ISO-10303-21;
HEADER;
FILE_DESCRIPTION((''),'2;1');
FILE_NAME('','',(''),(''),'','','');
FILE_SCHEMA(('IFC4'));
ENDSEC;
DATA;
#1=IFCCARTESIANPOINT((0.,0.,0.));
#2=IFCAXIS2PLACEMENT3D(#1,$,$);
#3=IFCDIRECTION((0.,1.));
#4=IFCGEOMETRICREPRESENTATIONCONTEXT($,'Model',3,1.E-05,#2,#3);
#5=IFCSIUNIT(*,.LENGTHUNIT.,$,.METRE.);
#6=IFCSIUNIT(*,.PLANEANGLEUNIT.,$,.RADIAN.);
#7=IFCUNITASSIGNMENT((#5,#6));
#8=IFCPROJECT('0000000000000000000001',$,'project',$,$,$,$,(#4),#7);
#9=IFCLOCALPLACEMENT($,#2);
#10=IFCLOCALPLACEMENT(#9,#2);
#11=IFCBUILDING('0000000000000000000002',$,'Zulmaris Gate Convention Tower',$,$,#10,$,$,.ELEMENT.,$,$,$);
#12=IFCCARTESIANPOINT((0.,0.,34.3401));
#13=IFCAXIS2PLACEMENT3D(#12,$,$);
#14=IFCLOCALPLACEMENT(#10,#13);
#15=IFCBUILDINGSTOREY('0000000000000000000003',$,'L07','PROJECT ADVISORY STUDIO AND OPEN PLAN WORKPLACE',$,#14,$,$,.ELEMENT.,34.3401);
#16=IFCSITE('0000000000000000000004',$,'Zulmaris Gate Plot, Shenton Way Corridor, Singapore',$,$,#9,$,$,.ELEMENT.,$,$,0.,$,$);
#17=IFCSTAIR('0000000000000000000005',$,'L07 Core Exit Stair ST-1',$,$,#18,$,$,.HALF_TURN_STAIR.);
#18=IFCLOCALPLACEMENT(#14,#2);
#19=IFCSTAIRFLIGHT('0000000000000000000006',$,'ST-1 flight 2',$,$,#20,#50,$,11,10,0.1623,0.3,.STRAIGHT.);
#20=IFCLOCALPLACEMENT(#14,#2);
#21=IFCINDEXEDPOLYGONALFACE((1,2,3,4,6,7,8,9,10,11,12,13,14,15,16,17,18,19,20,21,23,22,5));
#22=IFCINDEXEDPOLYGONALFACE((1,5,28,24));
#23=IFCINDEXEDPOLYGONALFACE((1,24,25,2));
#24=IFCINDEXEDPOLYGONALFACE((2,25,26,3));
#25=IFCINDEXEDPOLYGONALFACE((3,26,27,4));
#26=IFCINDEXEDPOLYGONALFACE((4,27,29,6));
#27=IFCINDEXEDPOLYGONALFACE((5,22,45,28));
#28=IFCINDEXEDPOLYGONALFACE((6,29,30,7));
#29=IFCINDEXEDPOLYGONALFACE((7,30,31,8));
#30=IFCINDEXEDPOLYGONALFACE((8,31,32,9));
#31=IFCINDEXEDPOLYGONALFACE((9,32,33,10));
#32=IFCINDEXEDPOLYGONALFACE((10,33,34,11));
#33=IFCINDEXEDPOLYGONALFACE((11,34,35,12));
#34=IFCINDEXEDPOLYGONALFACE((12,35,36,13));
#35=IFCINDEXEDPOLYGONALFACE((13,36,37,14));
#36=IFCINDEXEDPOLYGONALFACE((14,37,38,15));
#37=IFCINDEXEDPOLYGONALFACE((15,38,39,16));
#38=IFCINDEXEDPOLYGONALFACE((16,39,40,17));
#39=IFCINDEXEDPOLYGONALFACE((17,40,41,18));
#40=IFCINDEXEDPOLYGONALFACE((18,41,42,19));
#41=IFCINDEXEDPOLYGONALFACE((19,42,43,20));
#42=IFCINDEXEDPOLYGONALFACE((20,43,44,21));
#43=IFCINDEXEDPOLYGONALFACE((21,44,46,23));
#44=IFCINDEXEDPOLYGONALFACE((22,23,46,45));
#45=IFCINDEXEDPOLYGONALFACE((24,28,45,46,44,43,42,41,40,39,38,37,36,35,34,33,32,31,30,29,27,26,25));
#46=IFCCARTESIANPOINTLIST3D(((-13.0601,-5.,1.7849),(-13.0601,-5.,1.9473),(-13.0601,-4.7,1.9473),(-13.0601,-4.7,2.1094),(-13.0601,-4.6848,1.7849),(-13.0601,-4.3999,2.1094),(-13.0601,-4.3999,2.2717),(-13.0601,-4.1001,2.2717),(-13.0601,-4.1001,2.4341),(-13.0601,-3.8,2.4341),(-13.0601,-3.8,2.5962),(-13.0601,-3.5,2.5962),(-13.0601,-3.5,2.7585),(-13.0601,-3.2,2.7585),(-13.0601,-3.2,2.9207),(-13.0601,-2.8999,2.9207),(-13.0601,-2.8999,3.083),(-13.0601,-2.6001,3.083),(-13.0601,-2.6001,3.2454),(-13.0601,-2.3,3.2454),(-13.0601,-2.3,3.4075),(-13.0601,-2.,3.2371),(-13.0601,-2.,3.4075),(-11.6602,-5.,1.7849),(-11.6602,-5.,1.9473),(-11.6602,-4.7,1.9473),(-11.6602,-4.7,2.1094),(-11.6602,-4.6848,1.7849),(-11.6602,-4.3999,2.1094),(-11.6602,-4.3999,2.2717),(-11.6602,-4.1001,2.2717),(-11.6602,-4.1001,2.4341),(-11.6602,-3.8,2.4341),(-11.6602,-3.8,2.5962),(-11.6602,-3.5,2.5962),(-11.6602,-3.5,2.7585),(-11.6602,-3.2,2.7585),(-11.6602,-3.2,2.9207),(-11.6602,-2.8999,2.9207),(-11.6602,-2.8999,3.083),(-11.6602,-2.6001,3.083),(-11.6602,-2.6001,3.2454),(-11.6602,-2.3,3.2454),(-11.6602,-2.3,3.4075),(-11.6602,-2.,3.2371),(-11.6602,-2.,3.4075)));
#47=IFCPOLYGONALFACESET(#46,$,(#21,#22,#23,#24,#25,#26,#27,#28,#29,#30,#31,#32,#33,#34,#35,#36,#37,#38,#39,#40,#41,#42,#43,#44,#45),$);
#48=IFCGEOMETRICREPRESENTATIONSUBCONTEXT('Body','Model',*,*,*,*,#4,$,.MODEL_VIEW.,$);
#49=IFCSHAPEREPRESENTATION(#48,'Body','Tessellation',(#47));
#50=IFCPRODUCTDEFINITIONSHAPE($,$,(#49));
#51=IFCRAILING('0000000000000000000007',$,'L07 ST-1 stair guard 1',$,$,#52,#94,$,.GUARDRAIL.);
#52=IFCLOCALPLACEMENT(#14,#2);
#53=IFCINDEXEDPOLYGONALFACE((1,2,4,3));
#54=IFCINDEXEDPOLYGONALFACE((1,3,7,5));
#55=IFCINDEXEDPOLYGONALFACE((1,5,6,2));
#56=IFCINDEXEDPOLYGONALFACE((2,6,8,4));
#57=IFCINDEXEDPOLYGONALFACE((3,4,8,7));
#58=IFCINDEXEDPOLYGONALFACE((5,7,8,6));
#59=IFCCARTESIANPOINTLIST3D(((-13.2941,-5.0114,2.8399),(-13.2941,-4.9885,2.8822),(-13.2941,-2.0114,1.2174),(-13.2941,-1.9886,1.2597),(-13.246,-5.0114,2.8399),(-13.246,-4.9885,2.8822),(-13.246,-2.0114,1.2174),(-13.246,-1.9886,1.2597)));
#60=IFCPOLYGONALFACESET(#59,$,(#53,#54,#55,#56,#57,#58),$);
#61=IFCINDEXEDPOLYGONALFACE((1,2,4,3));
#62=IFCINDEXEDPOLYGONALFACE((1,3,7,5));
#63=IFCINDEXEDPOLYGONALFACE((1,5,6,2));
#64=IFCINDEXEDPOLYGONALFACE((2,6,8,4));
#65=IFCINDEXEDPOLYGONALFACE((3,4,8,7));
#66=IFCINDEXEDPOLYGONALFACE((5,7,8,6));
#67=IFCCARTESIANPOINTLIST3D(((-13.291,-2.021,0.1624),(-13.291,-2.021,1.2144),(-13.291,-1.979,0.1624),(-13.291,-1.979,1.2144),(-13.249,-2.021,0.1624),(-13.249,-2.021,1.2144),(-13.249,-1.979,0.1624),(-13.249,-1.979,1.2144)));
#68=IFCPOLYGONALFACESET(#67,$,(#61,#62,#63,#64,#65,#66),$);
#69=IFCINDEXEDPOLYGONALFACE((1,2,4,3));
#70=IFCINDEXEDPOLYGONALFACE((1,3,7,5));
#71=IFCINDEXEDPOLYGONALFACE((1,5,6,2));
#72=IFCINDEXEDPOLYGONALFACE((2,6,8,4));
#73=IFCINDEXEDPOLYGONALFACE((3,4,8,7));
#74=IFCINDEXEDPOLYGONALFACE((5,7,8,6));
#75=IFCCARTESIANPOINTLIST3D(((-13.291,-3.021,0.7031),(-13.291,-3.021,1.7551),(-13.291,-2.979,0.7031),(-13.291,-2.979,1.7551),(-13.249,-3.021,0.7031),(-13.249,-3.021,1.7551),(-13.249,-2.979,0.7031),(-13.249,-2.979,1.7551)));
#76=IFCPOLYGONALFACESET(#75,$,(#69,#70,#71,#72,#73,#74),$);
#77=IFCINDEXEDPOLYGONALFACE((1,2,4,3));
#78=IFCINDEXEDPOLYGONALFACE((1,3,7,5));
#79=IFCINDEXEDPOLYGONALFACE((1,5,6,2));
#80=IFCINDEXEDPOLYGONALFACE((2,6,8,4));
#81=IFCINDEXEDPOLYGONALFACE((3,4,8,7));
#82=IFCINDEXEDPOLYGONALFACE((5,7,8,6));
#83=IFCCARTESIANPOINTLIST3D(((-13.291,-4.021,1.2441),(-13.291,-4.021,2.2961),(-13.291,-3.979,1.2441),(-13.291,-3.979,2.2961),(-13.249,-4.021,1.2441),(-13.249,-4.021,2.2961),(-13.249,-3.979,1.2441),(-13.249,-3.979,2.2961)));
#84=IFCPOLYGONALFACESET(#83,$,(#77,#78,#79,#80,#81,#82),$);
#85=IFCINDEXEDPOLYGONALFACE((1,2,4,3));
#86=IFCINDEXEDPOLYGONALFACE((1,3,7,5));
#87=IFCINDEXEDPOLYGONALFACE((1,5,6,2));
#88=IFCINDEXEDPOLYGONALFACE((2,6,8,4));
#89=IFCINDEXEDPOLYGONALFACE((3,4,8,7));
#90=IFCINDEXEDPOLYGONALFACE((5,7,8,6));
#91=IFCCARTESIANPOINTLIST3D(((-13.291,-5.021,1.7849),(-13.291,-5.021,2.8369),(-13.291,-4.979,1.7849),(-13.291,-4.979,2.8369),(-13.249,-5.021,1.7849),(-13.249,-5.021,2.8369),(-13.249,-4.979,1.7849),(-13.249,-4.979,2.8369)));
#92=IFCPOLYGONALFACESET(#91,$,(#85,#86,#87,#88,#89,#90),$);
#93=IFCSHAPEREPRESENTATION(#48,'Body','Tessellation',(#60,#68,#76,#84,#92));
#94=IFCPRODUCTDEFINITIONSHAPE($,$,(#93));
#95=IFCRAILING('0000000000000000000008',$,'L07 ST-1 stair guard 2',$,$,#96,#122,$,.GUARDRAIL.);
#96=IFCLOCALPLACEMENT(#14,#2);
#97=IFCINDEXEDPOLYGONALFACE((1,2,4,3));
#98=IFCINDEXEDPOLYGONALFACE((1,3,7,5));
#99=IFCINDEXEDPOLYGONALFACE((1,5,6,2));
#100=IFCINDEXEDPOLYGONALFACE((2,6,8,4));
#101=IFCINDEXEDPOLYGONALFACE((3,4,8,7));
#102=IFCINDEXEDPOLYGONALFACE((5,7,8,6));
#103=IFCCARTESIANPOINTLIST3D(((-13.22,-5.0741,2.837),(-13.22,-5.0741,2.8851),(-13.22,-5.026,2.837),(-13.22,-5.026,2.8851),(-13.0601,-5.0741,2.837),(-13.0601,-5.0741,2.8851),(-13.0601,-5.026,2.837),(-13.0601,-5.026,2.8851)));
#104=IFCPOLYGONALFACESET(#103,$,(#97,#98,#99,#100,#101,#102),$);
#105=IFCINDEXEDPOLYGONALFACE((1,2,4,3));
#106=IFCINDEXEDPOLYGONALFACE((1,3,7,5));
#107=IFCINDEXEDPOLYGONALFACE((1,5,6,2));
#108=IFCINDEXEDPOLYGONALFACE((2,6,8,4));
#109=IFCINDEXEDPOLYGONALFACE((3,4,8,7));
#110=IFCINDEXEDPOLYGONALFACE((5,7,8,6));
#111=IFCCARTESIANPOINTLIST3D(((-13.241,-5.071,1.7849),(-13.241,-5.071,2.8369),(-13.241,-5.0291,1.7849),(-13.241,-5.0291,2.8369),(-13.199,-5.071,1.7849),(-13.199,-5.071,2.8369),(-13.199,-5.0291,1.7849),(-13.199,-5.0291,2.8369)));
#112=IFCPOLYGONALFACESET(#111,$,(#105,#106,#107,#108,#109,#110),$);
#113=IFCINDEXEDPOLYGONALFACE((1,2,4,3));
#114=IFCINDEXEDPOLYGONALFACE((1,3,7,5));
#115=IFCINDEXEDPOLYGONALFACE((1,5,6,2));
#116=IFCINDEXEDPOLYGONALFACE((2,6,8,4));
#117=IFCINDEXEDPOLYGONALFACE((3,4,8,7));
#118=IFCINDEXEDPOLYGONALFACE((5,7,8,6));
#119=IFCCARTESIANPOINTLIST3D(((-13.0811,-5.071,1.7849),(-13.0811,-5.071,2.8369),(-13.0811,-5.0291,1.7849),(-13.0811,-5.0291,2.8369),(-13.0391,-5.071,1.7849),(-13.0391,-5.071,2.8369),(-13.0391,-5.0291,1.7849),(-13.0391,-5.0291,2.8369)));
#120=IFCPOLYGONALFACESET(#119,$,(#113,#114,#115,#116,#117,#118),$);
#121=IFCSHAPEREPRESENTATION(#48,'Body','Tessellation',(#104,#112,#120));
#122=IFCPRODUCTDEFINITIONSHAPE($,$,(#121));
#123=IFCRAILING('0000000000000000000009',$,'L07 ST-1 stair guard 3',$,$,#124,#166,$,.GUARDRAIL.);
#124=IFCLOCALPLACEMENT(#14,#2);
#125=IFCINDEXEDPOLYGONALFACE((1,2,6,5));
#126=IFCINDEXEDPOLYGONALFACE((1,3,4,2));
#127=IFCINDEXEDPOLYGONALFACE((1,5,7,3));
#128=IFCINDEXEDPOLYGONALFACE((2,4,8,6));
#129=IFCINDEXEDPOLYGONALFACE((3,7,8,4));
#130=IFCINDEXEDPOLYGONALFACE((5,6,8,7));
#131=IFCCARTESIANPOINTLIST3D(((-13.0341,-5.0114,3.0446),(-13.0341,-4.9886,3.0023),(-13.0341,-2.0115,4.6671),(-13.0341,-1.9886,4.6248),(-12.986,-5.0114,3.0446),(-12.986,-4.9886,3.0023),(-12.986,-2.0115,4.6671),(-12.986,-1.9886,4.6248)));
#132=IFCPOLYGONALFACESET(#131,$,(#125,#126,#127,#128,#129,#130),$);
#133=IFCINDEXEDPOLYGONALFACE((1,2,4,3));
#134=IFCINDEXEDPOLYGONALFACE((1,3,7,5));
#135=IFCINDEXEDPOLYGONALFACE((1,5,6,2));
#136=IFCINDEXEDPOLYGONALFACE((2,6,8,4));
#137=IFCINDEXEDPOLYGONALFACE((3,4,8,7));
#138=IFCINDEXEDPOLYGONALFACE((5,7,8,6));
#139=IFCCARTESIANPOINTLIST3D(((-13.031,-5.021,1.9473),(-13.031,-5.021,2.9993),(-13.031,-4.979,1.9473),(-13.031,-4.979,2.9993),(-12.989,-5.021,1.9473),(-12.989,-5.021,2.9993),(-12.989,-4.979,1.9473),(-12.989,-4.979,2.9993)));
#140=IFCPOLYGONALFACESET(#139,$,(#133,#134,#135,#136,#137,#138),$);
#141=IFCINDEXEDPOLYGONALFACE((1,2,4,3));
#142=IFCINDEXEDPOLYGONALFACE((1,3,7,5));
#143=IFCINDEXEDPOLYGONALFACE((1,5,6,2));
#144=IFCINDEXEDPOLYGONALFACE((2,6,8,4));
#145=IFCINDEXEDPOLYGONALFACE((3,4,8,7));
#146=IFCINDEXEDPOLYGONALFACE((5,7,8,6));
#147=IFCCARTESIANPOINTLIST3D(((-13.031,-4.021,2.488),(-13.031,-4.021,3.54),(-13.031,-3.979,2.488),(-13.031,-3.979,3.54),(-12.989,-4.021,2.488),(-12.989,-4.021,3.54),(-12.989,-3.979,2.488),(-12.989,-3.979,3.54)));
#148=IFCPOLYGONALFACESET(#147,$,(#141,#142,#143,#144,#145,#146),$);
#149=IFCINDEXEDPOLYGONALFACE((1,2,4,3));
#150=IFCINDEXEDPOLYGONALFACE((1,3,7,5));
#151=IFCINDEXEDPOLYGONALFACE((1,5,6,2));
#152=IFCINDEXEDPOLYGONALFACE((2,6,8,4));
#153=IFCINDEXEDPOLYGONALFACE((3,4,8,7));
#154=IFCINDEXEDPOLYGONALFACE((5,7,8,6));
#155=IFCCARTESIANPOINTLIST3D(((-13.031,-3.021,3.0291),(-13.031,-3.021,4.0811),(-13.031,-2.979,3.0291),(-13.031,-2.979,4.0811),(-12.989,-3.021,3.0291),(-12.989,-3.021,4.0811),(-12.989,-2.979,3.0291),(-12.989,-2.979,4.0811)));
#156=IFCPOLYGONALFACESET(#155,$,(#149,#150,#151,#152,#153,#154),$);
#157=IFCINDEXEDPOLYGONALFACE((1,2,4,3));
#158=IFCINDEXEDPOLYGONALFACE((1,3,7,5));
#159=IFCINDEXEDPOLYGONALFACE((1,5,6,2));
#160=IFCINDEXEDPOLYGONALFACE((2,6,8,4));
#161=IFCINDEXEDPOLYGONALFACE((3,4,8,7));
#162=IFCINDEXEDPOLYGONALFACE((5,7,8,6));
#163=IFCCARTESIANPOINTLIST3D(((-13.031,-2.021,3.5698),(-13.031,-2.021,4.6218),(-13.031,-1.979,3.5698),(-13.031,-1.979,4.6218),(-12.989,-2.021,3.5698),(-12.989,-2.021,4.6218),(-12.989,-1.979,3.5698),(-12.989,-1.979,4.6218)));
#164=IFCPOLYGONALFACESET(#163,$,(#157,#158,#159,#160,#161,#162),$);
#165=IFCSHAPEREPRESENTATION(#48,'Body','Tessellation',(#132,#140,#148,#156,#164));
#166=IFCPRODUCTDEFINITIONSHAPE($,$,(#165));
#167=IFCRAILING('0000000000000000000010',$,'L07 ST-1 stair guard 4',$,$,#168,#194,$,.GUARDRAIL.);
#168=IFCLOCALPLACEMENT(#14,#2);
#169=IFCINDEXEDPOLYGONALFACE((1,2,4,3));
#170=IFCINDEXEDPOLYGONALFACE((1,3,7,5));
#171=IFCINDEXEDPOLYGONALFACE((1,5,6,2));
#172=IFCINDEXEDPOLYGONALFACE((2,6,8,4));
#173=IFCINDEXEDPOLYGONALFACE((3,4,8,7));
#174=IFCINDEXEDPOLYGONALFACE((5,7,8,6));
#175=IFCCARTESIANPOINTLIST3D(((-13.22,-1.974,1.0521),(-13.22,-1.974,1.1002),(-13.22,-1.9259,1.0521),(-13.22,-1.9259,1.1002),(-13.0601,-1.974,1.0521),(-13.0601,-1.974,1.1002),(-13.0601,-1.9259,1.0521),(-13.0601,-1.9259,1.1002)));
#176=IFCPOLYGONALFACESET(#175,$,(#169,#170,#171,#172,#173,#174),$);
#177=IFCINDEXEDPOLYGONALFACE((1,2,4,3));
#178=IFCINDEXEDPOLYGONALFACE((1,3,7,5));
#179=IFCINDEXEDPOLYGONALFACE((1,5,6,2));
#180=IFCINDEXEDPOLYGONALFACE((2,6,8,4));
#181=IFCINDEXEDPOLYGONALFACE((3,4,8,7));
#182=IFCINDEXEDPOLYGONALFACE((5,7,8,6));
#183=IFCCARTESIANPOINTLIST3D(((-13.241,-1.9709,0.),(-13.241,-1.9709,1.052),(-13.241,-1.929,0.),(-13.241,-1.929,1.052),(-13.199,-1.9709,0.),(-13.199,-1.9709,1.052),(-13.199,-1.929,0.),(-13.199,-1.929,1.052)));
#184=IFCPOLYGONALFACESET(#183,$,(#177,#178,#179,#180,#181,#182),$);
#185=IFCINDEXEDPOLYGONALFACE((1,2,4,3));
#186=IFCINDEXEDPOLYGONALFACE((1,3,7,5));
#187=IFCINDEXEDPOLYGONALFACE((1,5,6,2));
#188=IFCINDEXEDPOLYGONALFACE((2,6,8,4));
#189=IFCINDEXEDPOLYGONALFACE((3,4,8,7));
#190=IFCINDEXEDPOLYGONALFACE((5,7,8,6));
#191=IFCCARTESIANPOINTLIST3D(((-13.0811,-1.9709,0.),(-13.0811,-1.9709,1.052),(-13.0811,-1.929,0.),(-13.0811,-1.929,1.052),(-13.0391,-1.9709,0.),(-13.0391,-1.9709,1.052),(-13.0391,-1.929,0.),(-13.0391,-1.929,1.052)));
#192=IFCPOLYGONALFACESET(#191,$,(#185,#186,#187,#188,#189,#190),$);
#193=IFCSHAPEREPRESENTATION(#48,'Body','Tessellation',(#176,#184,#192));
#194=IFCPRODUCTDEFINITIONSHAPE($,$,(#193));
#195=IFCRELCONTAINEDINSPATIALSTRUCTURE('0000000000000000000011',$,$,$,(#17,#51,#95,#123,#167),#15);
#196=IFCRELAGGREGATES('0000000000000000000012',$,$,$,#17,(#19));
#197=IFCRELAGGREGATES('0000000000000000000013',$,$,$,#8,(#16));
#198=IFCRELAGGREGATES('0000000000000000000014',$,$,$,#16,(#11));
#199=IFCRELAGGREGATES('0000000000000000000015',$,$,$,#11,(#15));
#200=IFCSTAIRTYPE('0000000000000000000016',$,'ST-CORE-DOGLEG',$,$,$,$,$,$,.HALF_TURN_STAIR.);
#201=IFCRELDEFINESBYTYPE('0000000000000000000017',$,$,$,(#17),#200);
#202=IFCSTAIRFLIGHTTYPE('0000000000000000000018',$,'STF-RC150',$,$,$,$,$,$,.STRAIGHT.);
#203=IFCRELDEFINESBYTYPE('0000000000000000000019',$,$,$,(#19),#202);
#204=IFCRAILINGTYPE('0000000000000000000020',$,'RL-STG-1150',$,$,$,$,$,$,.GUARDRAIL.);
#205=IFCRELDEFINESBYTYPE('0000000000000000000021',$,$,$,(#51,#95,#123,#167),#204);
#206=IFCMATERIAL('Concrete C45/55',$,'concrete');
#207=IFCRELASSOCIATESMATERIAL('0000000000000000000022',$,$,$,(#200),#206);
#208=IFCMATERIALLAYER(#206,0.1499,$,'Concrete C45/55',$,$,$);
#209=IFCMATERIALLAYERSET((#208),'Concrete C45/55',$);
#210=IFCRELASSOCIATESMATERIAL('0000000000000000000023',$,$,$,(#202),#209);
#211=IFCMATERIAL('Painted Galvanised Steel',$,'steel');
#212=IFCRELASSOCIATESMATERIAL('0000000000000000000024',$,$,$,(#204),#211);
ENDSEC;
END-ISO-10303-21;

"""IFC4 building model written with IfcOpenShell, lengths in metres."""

from ifc_helpers import new_model, si_unit, direction, frame, origin, origin_2d, place, context, subcontext, project, spatial, polyline, rectangle, outline, extrude, material, layer, layer_set, type_object, element, aggregate, save


model = new_model("IFC4")

# Units and contexts
model_context = context("Model", 3, precision=1e-05, world=origin(), true_north=direction((0.0, 1.0)))
body_context = subcontext(model_context, "Body", "Model", "MODEL_VIEW")
ifc_project = project(units=[si_unit("LENGTHUNIT", "METRE"), si_unit("PLANEANGLEUNIT", "RADIAN")], contexts=[model_context])

# Site, building, storey
site_placement = place(None, origin())
site = spatial("IfcSite", under=ifc_project, at=site_placement, Name="Zulmaris Gate Plot, Shenton Way Corridor, Singapore", CompositionType="ELEMENT", RefElevation=0.0)
building_placement = place(site_placement, origin())
building = spatial("IfcBuilding", under=site, at=building_placement, Name="Zulmaris Gate Convention Tower", CompositionType="ELEMENT")
storey_placement = place(building_placement, frame((0.0, 0.0, 34.3401)))
storey = spatial("IfcBuildingStorey", under=building, at=storey_placement, Name="L07", Description="PROJECT ADVISORY STUDIO AND OPEN PLAN WORKPLACE", CompositionType="ELEMENT", Elevation=34.3401)

# Stair, stair flight
ifc_material_1 = material(Name="Concrete C45/55", Category="concrete")
stair_type = type_object("IfcStairType", Name="ST-CORE-DOGLEG", PredefinedType="HALF_TURN_STAIR", material=ifc_material_1)
stair_placement = place(storey_placement, origin())
stair = element("IfcStair", 1, at=stair_placement, inside=storey, type_object=stair_type, Name="L07 Core Exit Stair ST-1", PredefinedType="HALF_TURN_STAIR")
ifc_layer_1 = layer(ifc_material_1, 0.1499, Name="Concrete C45/55")
ifc_layer_set_1 = layer_set([ifc_layer_1], Name="Concrete C45/55")
stair_flight_type = type_object("IfcStairFlightType", Name="STF-RC150", PredefinedType="STRAIGHT", material=ifc_layer_set_1)
stair_flight_1_placement = place(storey_placement, frame((-12.3601, -5.0, 1.7849), z_axis=(0.0, 0.0, 1.0), x_axis=(0.0, 1.0, 0.0)))
stair_flight_1 = element("IfcStairFlight", 2, at=stair_flight_1_placement, type_object=stair_flight_type, Name="ST-1 flight 2", NumberOfRisers=11, NumberOfTreads=10, PredefinedType="STRAIGHT", RiserHeight=0.1623, TreadLength=0.3, context=body_context, shape_type="SweptSolid", body=[
    extrude(outline(polyline([(0.0, 0.0), (0.0, 0.1624), (0.3, 0.1624), (0.3, 0.3245), (0.6001, 0.3245), (0.6001, 0.4868), (0.8999, 0.4868), (0.8999, 0.6492), (1.2, 0.6492), (1.2, 0.8113), (1.5, 0.8113), (1.5, 0.9736), (1.8, 0.9736), (1.8, 1.1357), (2.1001, 1.1357), (2.1001, 1.2981), (2.3999, 1.2981), (2.3999, 1.4604), (2.7, 1.4604), (2.7, 1.6226), (3.0, 1.6226), (3.0, 1.7849), (3.0, 1.4521), (0.3152, 0.0), (0.0, 0.0)])), frame((0.0, 0.7, 0.0), z_axis=(0.0, -1.0, 0.0), x_axis=(1.0, 0.0, 0.0)), (0.0, 0.0, 1.0), 1.3999),
])
aggregate(stair, [stair_flight_1])

# Railings
ifc_material_2 = material(Name="Painted Galvanised Steel", Category="steel")
railing_type_1 = type_object("IfcRailingType", Name="RL-STG-1150", PredefinedType="GUARDRAIL", material=ifc_material_2)
railing_1_placement = place(storey_placement, frame((-13.27, -2.0, 0.1624)))
element("IfcRailing", 3, at=railing_1_placement, inside=storey, type_object=railing_type_1, Name="L07 ST-1 stair guard 1", PredefinedType="GUARDRAIL", context=body_context, shape_type="SweptSolid", body=[
    extrude(rectangle(XDim=0.0481, YDim=0.0481, at=origin_2d()), frame((0.0, 0.0, 1.0762), z_axis=(0.0, -0.879592, 0.47573), x_axis=(1.0, 0.0, 0.0)), (0.0, 0.0, 1.0), 3.4106),
    extrude(rectangle(XDim=0.042, YDim=0.042, at=origin_2d()), origin(), (0.0, 0.0, 1.0), 1.052),
    extrude(rectangle(XDim=0.042, YDim=0.042, at=origin_2d()), frame((0.0, -1.0, 0.5408)), (0.0, 0.0, 1.0), 1.052),
    extrude(rectangle(XDim=0.042, YDim=0.042, at=origin_2d()), frame((0.0, -2.0, 1.0818)), (0.0, 0.0, 1.0), 1.052),
    extrude(rectangle(XDim=0.042, YDim=0.042, at=origin_2d()), frame((0.0, -3.0, 1.6226)), (0.0, 0.0, 1.0), 1.052),
])
railing_2_placement = place(storey_placement, frame((-13.22, -5.05, 1.7849)))
element("IfcRailing", 4, at=railing_2_placement, inside=storey, type_object=railing_type_1, Name="L07 ST-1 stair guard 2", PredefinedType="GUARDRAIL", context=body_context, shape_type="SweptSolid", body=[
    extrude(rectangle(XDim=0.0481, YDim=0.0481, at=origin_2d()), frame((0.0, 0.0, 1.0762), z_axis=(1.0, 0.0, 0.0), x_axis=(0.0, 1.0, 0.0)), (0.0, 0.0, 1.0), 0.1599),
    extrude(rectangle(XDim=0.042, YDim=0.042, at=origin_2d()), origin(), (0.0, 0.0, 1.0), 1.052),
    extrude(rectangle(XDim=0.042, YDim=0.042, at=origin_2d()), frame((0.1599, 0.0, 0.0)), (0.0, 0.0, 1.0), 1.052),
])
railing_3_placement = place(storey_placement, frame((-13.01, -5.0, 1.9473)))
element("IfcRailing", 5, at=railing_3_placement, inside=storey, type_object=railing_type_1, Name="L07 ST-1 stair guard 3", PredefinedType="GUARDRAIL", context=body_context, shape_type="SweptSolid", body=[
    extrude(rectangle(XDim=0.0481, YDim=0.0481, at=origin_2d()), frame((0.0, 0.0, 1.0762), z_axis=(0.0, 0.879592, 0.47573), x_axis=(-1.0, 0.0, 0.0)), (0.0, 0.0, 1.0), 3.4106),
    extrude(rectangle(XDim=0.042, YDim=0.042, at=origin_2d()), origin(), (0.0, 0.0, 1.0), 1.052),
    extrude(rectangle(XDim=0.042, YDim=0.042, at=origin_2d()), frame((0.0, 1.0, 0.5408)), (0.0, 0.0, 1.0), 1.052),
    extrude(rectangle(XDim=0.042, YDim=0.042, at=origin_2d()), frame((0.0, 2.0, 1.0818)), (0.0, 0.0, 1.0), 1.052),
    extrude(rectangle(XDim=0.042, YDim=0.042, at=origin_2d()), frame((0.0, 3.0, 1.6226)), (0.0, 0.0, 1.0), 1.052),
])
railing_4_placement = place(storey_placement, frame((-13.22, -1.95, 0.0)))
element("IfcRailing", 6, at=railing_4_placement, inside=storey, type_object=railing_type_1, Name="L07 ST-1 stair guard 4", PredefinedType="GUARDRAIL", context=body_context, shape_type="SweptSolid", body=[
    extrude(rectangle(XDim=0.0481, YDim=0.0481, at=origin_2d()), frame((0.0, 0.0, 1.0762), z_axis=(1.0, 0.0, 0.0), x_axis=(0.0, 1.0, 0.0)), (0.0, 0.0, 1.0), 0.1599),
    extrude(rectangle(XDim=0.042, YDim=0.042, at=origin_2d()), origin(), (0.0, 0.0, 1.0), 1.052),
    extrude(rectangle(XDim=0.042, YDim=0.042, at=origin_2d()), frame((0.1599, 0.0, 0.0)), (0.0, 0.0, 1.0), 1.052),
])

save(model, "model.ifc")
